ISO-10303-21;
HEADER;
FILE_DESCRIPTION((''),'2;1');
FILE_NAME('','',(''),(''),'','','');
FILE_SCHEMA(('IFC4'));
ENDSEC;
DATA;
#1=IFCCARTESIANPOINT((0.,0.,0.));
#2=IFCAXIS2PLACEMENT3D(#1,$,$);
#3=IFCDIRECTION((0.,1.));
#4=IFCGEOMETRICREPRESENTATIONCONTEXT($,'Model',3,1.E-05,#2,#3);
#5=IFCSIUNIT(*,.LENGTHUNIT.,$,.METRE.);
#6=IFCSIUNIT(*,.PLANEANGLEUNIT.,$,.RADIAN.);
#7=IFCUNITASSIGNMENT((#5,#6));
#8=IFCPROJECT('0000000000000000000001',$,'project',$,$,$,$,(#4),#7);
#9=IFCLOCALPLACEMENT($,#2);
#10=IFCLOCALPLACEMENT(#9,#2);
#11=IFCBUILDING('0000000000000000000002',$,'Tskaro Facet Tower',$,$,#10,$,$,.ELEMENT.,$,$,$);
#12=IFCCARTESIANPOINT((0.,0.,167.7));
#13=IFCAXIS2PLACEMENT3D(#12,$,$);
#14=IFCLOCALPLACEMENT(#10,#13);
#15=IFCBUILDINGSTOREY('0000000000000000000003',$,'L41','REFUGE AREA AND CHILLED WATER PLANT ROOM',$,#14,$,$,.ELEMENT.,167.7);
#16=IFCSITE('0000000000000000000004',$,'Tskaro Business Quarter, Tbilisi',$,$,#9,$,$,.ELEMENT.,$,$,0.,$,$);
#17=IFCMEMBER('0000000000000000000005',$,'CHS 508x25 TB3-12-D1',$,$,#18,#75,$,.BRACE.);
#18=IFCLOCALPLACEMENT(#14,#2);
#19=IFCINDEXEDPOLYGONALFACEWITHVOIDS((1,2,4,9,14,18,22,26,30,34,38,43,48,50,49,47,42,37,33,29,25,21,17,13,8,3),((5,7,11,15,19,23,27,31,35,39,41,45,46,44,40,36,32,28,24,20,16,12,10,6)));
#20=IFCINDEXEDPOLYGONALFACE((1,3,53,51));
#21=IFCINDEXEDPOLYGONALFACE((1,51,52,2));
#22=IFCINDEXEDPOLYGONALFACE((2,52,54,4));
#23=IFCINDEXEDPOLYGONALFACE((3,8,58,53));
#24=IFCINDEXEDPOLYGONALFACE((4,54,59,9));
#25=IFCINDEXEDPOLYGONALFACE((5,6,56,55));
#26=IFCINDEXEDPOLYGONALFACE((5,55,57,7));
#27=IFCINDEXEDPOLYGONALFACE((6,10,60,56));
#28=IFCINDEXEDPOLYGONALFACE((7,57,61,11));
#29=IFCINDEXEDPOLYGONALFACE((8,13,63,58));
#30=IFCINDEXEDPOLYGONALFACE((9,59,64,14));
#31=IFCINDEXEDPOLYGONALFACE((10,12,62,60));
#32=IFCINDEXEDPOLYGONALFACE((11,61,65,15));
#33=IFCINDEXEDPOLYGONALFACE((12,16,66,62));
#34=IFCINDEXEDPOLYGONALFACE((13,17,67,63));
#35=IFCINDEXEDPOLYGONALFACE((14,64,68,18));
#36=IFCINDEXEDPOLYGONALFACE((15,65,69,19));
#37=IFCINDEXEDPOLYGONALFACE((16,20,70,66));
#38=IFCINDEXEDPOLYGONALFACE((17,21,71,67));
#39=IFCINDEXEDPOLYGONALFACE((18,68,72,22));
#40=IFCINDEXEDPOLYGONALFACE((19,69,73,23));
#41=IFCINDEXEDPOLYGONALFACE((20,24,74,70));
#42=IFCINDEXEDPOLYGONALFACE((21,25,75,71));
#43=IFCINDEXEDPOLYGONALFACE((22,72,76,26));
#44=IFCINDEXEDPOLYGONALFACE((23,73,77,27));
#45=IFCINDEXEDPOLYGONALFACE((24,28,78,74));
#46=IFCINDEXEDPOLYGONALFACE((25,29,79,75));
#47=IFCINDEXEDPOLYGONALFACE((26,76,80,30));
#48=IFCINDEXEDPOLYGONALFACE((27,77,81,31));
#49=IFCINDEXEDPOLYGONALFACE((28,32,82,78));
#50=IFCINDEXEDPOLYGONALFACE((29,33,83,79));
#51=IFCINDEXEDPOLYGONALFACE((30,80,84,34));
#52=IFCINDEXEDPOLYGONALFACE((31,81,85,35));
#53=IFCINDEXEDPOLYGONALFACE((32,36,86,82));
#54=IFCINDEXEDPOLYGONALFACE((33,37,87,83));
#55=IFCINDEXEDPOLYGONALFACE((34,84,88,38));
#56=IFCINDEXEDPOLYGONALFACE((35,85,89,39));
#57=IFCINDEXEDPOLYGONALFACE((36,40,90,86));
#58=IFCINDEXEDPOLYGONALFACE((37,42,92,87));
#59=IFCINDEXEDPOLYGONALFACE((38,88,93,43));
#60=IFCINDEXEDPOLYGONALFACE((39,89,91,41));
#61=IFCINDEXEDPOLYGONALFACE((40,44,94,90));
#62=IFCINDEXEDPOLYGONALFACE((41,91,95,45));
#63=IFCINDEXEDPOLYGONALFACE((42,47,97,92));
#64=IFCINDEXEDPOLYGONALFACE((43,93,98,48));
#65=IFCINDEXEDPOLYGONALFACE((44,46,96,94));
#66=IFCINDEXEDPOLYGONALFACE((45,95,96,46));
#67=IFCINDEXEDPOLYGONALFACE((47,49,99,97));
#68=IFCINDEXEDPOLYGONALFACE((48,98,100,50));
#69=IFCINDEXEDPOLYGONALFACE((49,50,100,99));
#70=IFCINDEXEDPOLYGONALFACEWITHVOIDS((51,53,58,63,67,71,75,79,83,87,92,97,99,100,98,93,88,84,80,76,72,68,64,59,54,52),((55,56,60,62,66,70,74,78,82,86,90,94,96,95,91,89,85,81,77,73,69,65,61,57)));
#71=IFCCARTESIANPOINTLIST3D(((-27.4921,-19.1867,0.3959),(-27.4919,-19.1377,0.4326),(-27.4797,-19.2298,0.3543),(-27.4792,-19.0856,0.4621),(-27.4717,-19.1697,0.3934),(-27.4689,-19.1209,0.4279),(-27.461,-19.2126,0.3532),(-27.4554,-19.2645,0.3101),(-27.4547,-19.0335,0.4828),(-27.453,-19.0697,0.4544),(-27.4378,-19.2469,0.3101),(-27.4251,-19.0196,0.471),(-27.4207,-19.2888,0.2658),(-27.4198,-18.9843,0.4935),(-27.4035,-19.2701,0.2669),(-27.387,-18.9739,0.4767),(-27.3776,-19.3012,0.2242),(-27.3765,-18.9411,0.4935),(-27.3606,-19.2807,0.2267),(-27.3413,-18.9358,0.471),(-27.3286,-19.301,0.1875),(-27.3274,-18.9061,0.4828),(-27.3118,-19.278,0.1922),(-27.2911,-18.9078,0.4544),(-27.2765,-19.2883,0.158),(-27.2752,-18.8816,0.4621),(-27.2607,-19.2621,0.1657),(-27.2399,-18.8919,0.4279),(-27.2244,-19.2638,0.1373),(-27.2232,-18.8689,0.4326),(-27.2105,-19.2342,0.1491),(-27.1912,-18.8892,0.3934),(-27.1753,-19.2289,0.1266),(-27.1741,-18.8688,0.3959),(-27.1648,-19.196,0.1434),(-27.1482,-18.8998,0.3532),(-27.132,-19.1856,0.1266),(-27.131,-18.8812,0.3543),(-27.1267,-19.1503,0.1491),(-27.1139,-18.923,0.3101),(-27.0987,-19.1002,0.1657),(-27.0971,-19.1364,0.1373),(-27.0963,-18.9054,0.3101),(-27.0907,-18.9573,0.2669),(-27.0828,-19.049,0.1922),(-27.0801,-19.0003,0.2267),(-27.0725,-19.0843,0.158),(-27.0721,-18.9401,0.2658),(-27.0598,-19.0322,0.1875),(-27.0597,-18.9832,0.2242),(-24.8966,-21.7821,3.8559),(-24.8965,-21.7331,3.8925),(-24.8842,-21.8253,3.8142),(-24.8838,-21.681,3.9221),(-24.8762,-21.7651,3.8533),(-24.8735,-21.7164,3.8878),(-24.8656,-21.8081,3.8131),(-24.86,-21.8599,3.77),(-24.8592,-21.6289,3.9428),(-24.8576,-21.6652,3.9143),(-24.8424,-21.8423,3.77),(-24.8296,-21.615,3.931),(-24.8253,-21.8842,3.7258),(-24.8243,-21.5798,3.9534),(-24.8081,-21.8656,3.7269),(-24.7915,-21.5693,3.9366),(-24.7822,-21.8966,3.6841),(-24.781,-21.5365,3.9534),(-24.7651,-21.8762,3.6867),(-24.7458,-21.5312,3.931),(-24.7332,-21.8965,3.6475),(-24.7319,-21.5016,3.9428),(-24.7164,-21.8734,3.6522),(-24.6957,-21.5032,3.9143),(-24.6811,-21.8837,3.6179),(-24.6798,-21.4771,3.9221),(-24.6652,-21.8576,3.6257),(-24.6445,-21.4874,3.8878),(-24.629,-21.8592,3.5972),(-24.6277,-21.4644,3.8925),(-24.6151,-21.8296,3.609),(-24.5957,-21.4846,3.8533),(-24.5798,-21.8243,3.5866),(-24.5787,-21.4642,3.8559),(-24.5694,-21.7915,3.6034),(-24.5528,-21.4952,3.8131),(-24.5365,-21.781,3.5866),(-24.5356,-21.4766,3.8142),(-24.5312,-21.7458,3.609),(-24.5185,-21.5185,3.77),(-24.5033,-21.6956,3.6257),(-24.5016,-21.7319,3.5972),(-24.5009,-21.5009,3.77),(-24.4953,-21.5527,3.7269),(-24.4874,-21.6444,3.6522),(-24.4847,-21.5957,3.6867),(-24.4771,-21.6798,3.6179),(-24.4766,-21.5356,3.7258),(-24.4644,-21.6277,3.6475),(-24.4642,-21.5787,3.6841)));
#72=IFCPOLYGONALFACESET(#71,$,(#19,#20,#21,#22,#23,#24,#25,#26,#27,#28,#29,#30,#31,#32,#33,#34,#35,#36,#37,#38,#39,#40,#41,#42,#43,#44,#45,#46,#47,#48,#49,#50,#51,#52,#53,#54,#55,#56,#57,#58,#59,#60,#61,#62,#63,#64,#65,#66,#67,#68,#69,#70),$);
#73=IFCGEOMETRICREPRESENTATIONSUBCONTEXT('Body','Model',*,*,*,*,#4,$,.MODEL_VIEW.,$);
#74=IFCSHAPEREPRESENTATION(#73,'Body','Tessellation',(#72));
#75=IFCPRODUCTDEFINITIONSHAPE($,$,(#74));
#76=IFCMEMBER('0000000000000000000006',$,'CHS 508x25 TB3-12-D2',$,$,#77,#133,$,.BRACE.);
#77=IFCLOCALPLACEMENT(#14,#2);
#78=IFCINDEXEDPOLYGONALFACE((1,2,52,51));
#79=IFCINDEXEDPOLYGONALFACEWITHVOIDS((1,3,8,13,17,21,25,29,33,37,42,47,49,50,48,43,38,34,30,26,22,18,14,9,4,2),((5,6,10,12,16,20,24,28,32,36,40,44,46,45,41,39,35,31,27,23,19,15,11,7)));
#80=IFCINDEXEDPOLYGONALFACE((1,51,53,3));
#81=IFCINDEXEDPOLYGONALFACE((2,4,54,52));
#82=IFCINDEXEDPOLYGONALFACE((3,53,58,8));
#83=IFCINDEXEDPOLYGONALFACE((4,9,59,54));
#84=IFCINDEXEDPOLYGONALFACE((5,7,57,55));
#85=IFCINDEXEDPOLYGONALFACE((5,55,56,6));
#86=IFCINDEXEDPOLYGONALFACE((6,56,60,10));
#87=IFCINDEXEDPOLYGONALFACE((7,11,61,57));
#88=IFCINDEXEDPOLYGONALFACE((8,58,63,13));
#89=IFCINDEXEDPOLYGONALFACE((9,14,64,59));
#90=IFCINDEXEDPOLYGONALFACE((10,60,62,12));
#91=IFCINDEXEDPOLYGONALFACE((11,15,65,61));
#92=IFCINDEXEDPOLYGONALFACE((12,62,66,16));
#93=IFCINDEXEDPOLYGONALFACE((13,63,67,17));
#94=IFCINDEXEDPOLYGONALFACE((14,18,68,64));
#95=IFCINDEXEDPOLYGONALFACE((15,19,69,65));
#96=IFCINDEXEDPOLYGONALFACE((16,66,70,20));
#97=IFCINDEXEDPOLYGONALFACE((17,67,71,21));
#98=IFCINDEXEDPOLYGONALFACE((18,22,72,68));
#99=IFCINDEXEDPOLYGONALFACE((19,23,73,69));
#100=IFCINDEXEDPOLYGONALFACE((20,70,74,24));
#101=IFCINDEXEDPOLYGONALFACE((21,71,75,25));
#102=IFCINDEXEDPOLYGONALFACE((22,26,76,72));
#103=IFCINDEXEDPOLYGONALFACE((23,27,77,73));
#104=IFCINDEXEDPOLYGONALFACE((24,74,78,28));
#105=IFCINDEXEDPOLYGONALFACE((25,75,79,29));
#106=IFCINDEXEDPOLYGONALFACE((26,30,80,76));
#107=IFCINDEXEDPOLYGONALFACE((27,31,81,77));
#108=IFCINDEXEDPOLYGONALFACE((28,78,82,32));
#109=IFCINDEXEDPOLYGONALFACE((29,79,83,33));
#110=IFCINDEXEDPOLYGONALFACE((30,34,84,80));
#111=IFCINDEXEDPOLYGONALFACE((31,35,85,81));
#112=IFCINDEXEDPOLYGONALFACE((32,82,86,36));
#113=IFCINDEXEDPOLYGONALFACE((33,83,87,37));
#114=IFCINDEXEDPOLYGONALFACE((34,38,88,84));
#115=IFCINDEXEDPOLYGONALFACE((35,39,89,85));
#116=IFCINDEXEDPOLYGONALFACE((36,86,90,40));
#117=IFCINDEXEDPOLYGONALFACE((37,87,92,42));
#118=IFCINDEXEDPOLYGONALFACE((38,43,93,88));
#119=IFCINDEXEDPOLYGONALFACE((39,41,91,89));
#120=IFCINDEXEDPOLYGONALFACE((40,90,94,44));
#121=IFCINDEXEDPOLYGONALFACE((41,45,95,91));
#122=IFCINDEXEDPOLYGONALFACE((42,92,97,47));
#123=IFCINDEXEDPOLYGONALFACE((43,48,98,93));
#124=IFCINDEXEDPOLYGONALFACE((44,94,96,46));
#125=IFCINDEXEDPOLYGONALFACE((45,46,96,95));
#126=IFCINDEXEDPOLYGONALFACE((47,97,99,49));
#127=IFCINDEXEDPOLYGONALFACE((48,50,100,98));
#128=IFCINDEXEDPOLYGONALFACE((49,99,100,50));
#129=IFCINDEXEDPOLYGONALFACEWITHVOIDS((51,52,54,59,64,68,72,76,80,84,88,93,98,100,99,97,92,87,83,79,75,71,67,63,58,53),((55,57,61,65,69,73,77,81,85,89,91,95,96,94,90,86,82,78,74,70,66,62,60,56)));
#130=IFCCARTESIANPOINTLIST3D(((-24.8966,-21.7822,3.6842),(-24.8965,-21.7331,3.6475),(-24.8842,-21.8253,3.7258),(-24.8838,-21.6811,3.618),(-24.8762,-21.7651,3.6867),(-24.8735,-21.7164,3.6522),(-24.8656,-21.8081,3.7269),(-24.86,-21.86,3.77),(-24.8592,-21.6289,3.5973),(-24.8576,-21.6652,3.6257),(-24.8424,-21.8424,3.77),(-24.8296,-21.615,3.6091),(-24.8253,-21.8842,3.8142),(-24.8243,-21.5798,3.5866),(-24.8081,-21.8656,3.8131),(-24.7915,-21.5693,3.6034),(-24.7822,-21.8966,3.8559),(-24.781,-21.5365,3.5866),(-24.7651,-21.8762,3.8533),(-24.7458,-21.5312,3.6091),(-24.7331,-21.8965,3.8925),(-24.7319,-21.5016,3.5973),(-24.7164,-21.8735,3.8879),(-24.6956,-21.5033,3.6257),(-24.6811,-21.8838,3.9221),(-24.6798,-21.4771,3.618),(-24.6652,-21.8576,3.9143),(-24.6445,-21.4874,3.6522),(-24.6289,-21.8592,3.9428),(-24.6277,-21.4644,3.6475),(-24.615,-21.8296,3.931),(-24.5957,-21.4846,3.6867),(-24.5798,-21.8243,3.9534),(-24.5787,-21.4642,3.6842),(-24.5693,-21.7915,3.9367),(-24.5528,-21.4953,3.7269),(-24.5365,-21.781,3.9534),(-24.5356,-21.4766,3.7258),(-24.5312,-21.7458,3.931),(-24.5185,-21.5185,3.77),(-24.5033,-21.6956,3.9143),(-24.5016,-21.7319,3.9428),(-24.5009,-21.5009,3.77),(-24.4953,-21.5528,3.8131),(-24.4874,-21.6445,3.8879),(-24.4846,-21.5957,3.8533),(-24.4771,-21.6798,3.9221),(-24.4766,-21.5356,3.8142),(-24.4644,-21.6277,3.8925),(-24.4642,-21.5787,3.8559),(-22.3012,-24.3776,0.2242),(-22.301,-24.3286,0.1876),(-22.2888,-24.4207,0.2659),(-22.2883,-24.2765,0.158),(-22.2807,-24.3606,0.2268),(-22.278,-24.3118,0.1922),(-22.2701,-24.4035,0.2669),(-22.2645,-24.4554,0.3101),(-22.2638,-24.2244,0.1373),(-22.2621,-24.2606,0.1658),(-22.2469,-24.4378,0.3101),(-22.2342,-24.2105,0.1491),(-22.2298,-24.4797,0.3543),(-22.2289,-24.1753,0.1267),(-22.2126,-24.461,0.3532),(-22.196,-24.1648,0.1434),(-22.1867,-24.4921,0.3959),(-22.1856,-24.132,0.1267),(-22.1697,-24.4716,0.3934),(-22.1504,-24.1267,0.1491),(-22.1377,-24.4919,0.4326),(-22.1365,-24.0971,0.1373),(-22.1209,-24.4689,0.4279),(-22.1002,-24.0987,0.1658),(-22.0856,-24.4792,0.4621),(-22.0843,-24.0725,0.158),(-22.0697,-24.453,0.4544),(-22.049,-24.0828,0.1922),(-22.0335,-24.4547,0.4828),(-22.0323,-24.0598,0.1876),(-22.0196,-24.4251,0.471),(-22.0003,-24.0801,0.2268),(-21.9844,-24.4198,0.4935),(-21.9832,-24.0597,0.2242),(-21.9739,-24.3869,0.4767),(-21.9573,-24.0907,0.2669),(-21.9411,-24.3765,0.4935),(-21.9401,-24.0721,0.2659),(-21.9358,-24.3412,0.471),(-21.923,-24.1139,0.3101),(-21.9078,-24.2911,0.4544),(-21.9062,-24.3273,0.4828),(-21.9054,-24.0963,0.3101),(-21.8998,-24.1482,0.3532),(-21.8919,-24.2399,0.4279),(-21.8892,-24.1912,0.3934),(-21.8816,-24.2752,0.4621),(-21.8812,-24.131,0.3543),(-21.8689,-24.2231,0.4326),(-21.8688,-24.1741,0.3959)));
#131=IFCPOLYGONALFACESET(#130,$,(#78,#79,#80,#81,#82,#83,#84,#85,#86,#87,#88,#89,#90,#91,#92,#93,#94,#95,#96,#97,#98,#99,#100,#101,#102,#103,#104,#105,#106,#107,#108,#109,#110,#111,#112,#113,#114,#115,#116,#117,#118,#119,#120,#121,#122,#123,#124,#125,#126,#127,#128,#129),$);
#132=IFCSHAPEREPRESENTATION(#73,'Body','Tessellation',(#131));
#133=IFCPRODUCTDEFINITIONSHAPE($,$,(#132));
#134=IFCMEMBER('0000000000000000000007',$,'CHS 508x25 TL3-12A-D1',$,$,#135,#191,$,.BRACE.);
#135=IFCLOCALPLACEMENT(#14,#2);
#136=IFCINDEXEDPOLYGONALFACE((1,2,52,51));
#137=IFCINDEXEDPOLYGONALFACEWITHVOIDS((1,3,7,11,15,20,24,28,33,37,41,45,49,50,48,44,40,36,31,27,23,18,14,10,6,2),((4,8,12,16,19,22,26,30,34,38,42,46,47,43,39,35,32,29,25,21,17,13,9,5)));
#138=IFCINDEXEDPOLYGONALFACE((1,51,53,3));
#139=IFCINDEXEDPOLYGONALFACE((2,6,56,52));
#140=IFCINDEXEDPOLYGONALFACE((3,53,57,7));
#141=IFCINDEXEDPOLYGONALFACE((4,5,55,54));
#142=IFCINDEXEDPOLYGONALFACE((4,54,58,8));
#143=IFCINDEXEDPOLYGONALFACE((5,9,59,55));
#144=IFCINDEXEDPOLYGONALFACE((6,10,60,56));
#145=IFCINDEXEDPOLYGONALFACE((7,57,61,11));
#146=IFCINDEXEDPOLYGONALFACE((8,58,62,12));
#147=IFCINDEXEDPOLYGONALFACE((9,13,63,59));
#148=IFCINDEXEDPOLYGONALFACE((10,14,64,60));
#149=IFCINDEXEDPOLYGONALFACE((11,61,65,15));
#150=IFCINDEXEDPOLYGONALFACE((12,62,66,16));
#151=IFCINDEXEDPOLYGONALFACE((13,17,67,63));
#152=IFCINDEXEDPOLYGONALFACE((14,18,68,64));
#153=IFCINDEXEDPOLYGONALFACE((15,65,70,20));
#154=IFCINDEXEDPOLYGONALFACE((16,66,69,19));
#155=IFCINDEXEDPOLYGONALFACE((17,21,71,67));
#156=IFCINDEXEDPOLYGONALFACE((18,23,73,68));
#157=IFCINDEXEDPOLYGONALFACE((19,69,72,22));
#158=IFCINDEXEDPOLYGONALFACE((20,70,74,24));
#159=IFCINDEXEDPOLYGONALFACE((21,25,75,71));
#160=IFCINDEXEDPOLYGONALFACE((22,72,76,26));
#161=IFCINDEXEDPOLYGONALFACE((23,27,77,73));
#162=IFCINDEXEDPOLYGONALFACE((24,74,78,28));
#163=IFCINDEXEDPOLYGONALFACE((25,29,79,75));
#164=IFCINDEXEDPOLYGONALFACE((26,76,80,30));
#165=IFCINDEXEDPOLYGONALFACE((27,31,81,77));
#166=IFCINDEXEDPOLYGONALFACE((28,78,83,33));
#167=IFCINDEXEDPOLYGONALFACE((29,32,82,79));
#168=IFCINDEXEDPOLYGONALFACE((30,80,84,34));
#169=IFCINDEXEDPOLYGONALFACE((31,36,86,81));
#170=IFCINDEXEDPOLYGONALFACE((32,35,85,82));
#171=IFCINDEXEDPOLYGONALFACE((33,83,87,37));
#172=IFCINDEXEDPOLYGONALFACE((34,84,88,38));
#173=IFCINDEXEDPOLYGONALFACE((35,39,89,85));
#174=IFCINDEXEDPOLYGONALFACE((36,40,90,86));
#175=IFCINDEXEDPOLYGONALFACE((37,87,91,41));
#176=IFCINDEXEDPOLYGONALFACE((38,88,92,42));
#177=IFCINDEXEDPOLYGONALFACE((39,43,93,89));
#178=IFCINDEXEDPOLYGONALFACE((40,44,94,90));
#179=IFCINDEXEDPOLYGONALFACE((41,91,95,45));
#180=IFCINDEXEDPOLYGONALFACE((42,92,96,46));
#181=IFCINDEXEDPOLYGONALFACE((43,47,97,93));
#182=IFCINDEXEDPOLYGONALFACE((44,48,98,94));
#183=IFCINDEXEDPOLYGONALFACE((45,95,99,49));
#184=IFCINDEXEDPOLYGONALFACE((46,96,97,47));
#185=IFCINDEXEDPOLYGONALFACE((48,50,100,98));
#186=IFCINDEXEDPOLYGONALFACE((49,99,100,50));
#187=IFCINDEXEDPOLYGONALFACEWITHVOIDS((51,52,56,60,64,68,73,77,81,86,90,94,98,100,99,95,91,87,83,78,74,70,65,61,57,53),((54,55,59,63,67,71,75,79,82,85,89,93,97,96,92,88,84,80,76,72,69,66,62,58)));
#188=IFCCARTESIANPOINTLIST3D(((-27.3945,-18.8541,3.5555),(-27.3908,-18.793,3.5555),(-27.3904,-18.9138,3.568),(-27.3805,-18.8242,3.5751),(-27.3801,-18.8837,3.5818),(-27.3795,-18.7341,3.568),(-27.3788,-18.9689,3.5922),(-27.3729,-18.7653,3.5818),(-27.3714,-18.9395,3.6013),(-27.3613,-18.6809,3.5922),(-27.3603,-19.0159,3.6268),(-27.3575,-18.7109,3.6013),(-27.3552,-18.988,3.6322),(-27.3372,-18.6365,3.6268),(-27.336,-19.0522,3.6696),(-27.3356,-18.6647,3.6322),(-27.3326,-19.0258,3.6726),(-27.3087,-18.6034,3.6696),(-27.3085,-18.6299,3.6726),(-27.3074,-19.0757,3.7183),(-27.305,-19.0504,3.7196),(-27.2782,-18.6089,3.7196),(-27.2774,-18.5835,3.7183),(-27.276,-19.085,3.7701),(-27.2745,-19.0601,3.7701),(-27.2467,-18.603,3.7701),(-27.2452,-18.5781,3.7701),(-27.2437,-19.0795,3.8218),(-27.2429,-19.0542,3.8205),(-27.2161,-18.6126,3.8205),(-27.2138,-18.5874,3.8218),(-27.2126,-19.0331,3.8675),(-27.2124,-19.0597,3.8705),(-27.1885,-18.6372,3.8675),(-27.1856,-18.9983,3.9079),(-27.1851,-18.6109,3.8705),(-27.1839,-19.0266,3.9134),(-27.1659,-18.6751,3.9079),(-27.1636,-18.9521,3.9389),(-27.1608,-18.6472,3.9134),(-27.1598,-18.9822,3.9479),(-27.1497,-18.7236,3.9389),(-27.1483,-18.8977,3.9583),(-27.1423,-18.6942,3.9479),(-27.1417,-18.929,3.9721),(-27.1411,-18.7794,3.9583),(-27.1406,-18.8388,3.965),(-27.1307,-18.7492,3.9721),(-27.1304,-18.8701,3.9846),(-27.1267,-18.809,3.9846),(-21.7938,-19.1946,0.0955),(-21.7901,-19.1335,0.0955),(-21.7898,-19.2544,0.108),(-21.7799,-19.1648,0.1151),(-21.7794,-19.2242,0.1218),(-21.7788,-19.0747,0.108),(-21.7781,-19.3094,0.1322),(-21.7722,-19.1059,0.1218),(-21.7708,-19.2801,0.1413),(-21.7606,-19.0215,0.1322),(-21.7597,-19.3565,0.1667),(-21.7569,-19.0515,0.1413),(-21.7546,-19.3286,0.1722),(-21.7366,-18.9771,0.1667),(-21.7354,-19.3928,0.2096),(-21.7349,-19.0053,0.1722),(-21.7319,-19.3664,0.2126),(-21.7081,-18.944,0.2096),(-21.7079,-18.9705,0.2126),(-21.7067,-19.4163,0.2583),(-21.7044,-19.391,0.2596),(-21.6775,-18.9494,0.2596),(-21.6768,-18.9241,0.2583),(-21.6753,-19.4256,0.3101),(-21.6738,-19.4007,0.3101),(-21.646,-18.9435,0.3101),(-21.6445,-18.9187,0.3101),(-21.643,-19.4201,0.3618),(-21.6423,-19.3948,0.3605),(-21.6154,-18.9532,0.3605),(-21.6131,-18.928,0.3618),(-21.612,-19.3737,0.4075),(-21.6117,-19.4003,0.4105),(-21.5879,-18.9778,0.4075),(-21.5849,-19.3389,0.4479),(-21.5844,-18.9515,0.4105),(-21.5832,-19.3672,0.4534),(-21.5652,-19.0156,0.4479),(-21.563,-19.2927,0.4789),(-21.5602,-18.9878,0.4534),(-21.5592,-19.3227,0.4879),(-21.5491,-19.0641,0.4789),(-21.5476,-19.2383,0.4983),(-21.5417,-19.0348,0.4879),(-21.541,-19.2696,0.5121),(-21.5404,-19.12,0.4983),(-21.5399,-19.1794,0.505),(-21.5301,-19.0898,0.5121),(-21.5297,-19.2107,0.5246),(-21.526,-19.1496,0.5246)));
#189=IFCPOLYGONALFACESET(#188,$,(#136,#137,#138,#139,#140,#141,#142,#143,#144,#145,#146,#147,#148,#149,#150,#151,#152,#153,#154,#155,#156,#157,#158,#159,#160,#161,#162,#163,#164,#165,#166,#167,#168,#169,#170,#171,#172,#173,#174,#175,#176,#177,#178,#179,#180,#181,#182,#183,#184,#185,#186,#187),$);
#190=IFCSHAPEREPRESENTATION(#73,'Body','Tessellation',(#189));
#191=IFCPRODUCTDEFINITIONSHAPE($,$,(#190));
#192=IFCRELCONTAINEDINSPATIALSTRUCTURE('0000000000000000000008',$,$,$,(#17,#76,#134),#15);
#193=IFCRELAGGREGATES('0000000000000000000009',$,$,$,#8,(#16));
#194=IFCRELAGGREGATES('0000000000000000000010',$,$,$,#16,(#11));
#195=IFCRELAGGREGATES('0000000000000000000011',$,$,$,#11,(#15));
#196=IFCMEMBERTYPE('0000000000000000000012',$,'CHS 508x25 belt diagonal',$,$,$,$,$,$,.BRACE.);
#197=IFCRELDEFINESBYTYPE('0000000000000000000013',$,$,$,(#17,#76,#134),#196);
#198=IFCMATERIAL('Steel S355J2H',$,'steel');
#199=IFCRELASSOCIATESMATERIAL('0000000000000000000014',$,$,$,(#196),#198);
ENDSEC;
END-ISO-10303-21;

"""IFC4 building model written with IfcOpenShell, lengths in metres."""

from ifc_helpers import new_model, si_unit, direction, frame, origin, origin_2d, place, context, subcontext, project, spatial, hollow_circle, extrude, material, material_profile, profile_set, type_object, element, save


model = new_model("IFC4")

# Units and contexts
model_context = context("Model", 3, precision=1e-05, world=origin(), true_north=direction((0.0, 1.0)))
body_context = subcontext(model_context, "Body", "Model", "MODEL_VIEW")
ifc_project = project(units=[si_unit("LENGTHUNIT", "METRE"), si_unit("PLANEANGLEUNIT", "RADIAN")], contexts=[model_context])

# Site, building, storey
site_placement = place(None, origin())
site = spatial("IfcSite", under=ifc_project, at=site_placement, Name="Tskaro Business Quarter, Tbilisi", CompositionType="ELEMENT", RefElevation=0.0)
building_placement = place(site_placement, origin())
building = spatial("IfcBuilding", under=site, at=building_placement, Name="Tskaro Facet Tower", CompositionType="ELEMENT")
storey_placement = place(building_placement, frame((0.0, 0.0, 167.7)))
storey = spatial("IfcBuildingStorey", under=building, at=storey_placement, Name="L41", Description="REFUGE AREA AND CHILLED WATER PLANT ROOM", CompositionType="ELEMENT", Elevation=167.7)

# Shared definitions
ifc_material_1 = material(Name="Steel S355J2H", Category="steel")

# Members
ifc_material_profile_1 = material_profile(ifc_material_1, hollow_circle(Radius=0.2539, WallThickness=0.0249, at=origin_2d()), Name="CHS 508x25")
ifc_profile_set_1 = profile_set([ifc_material_profile_1], Name="Steel S355J2H")
member_type_1 = type_object("IfcMemberType", Name="CHS 508x25 belt diagonal", PredefinedType="BRACE", material=ifc_profile_set_1)
for number, where, z_axis, x_axis, name in (
    (1, (-27.2759, -19.085, 0.3101), (0.514541, -0.514541, 0.685926), (0.707107, 0.707107, 0.0), "CHS 508x25 TB3-12-D1"),
    (2, (-24.6804, -21.6804, 3.77), (0.514541, -0.514541, -0.685926), (0.707107, 0.707107, 0.0), "CHS 508x25 TB3-12-D2"),
):
    element("IfcMember", number, at=place(storey_placement, frame(where, z_axis=z_axis, x_axis=x_axis)), inside=storey, type_object=member_type_1, Name=name, PredefinedType="BRACE", context=body_context, shape_type="SweptSolid", body=[
        extrude(hollow_circle(Radius=0.2539, WallThickness=0.0249, at=origin_2d()), origin(), (0.0, 0.0, 1.0), 5.0442),
    ])
member_1_placement = place(storey_placement, frame((-21.6599, -19.1721, 0.3101), z_axis=(-0.849609, 0.051665, 0.524876), x_axis=(-0.060699, -0.998156, 0.0)))
element("IfcMember", 3, at=member_1_placement, inside=storey, type_object=member_type_1, Name="CHS 508x25 TL3-12A-D1", PredefinedType="BRACE", context=body_context, shape_type="SweptSolid", body=[
    extrude(hollow_circle(Radius=0.2539, WallThickness=0.0249, at=origin_2d()), origin(), (0.0, 0.0, 1.0), 6.592),
])

save(model, "model.ifc")
